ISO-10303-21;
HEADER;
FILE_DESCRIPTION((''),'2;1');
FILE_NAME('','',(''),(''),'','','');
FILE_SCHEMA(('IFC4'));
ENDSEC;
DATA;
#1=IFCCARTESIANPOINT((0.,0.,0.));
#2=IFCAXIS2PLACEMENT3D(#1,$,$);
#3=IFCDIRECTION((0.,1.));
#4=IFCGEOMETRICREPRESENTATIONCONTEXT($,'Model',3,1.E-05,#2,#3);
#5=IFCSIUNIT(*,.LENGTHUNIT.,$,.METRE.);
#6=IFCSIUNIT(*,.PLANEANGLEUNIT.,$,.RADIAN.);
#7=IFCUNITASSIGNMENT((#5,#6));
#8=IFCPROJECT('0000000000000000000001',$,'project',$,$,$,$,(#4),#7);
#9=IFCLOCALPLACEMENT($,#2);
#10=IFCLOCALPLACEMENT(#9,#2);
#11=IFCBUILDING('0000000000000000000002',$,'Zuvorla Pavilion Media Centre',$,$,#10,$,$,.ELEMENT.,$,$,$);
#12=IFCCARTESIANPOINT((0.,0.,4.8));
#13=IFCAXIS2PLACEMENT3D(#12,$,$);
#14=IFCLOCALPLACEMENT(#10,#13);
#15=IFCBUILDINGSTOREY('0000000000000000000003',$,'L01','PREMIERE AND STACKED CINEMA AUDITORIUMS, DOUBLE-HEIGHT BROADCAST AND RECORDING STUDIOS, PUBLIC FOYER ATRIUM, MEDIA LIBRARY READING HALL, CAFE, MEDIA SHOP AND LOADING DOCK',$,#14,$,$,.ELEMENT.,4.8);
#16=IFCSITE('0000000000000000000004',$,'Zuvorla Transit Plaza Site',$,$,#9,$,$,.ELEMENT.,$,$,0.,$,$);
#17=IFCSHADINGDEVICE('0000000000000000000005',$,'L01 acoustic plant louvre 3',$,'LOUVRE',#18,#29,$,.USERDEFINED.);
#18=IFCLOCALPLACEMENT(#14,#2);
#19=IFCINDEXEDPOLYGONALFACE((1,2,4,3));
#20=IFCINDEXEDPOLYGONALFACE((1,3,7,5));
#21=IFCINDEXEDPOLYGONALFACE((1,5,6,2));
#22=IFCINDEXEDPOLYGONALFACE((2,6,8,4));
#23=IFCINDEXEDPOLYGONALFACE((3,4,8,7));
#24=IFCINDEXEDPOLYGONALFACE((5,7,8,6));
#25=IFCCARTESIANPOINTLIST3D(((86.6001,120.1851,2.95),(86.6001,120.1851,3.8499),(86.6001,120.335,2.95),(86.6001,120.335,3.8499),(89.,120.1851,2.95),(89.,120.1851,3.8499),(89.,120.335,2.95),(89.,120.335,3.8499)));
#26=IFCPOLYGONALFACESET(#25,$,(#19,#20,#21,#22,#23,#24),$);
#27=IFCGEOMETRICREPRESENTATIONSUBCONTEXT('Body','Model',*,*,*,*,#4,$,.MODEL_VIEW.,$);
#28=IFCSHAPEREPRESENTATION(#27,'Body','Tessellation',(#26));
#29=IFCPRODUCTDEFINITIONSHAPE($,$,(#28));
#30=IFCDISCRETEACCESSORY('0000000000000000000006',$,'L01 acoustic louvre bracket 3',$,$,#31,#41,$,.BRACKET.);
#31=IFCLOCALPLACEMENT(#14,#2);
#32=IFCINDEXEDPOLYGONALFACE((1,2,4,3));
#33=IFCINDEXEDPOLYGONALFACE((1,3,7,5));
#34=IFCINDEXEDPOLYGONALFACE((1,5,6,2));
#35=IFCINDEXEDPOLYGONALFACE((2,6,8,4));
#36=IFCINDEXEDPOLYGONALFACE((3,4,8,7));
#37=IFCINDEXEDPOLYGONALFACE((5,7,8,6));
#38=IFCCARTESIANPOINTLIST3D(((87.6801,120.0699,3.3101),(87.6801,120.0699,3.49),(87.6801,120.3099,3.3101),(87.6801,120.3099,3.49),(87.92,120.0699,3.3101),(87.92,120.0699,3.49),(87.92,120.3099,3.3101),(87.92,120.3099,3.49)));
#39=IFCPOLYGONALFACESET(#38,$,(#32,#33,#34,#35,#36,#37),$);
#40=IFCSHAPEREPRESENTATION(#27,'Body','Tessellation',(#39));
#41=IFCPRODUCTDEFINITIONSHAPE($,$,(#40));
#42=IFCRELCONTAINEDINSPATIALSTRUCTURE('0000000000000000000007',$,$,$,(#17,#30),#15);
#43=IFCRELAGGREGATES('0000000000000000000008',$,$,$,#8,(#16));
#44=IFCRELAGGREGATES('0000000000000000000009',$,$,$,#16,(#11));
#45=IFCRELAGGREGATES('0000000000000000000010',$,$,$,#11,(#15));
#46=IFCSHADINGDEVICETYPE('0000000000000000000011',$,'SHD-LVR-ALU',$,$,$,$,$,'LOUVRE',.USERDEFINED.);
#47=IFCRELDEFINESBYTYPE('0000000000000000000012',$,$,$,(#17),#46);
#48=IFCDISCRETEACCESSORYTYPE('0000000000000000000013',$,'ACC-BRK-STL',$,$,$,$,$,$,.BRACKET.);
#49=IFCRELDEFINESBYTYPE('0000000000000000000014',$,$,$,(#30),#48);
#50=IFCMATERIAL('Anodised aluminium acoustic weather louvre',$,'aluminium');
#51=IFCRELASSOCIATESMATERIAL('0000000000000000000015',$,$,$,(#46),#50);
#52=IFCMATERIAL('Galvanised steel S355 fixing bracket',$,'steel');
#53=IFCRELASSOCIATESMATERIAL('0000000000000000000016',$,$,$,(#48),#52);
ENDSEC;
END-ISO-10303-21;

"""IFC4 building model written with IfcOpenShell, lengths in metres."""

from ifc_helpers import new_model, si_unit, direction, frame, origin, origin_2d, place, context, subcontext, project, spatial, rectangle, extrude, material, type_object, element, save


model = new_model("IFC4")

# Units and contexts
model_context = context("Model", 3, precision=1e-05, world=origin(), true_north=direction((0.0, 1.0)))
body_context = subcontext(model_context, "Body", "Model", "MODEL_VIEW")
ifc_project = project(units=[si_unit("LENGTHUNIT", "METRE"), si_unit("PLANEANGLEUNIT", "RADIAN")], contexts=[model_context])

# Site, building, storey
site_placement = place(None, origin())
site = spatial("IfcSite", under=ifc_project, at=site_placement, Name="Zuvorla Transit Plaza Site", CompositionType="ELEMENT", RefElevation=0.0)
building_placement = place(site_placement, origin())
building = spatial("IfcBuilding", under=site, at=building_placement, Name="Zuvorla Pavilion Media Centre", CompositionType="ELEMENT")
storey_placement = place(building_placement, frame((0.0, 0.0, 4.8)))
storey = spatial("IfcBuildingStorey", under=building, at=storey_placement, Name="L01", Description="PREMIERE AND STACKED CINEMA AUDITORIUMS, DOUBLE-HEIGHT BROADCAST AND RECORDING STUDIOS, PUBLIC FOYER ATRIUM, MEDIA LIBRARY READING HALL, CAFE, MEDIA SHOP AND LOADING DOCK", CompositionType="ELEMENT", Elevation=4.8)

# Shading device
ifc_material_1 = material(Name="Anodised aluminium acoustic weather louvre", Category="aluminium")
shading_device_type = type_object("IfcShadingDeviceType", Name="SHD-LVR-ALU", ElementType="LOUVRE", PredefinedType="USERDEFINED", material=ifc_material_1)
shading_device_placement = place(storey_placement, frame((87.8, 120.26, 2.95), z_axis=(0.0, 0.0, 1.0), x_axis=(1.0, 0.0, 0.0)))
element("IfcShadingDevice", 1, at=shading_device_placement, inside=storey, type_object=shading_device_type, Name="L01 acoustic plant louvre 3", ObjectType="LOUVRE", PredefinedType="USERDEFINED", context=body_context, shape_type="SweptSolid", body=[
    extrude(rectangle(XDim=2.3999, YDim=0.1499, at=origin_2d()), origin(), (0.0, 0.0, 1.0), 0.8999),
])

# Discrete accessory
ifc_material_2 = material(Name="Galvanised steel S355 fixing bracket", Category="steel")
discrete_accessory_type = type_object("IfcDiscreteAccessoryType", Name="ACC-BRK-STL", PredefinedType="BRACKET", material=ifc_material_2)
discrete_accessory_placement = place(storey_placement, frame((87.8, 120.1899, 3.3101), z_axis=(0.0, 0.0, 1.0), x_axis=(1.0, 0.0, 0.0)))
element("IfcDiscreteAccessory", 2, at=discrete_accessory_placement, inside=storey, type_object=discrete_accessory_type, Name="L01 acoustic louvre bracket 3", PredefinedType="BRACKET", context=body_context, shape_type="SweptSolid", body=[
    extrude(rectangle(XDim=0.24, YDim=0.24, at=origin_2d()), origin(), (0.0, 0.0, 1.0), 0.1799),
])

save(model, "model.ifc")
